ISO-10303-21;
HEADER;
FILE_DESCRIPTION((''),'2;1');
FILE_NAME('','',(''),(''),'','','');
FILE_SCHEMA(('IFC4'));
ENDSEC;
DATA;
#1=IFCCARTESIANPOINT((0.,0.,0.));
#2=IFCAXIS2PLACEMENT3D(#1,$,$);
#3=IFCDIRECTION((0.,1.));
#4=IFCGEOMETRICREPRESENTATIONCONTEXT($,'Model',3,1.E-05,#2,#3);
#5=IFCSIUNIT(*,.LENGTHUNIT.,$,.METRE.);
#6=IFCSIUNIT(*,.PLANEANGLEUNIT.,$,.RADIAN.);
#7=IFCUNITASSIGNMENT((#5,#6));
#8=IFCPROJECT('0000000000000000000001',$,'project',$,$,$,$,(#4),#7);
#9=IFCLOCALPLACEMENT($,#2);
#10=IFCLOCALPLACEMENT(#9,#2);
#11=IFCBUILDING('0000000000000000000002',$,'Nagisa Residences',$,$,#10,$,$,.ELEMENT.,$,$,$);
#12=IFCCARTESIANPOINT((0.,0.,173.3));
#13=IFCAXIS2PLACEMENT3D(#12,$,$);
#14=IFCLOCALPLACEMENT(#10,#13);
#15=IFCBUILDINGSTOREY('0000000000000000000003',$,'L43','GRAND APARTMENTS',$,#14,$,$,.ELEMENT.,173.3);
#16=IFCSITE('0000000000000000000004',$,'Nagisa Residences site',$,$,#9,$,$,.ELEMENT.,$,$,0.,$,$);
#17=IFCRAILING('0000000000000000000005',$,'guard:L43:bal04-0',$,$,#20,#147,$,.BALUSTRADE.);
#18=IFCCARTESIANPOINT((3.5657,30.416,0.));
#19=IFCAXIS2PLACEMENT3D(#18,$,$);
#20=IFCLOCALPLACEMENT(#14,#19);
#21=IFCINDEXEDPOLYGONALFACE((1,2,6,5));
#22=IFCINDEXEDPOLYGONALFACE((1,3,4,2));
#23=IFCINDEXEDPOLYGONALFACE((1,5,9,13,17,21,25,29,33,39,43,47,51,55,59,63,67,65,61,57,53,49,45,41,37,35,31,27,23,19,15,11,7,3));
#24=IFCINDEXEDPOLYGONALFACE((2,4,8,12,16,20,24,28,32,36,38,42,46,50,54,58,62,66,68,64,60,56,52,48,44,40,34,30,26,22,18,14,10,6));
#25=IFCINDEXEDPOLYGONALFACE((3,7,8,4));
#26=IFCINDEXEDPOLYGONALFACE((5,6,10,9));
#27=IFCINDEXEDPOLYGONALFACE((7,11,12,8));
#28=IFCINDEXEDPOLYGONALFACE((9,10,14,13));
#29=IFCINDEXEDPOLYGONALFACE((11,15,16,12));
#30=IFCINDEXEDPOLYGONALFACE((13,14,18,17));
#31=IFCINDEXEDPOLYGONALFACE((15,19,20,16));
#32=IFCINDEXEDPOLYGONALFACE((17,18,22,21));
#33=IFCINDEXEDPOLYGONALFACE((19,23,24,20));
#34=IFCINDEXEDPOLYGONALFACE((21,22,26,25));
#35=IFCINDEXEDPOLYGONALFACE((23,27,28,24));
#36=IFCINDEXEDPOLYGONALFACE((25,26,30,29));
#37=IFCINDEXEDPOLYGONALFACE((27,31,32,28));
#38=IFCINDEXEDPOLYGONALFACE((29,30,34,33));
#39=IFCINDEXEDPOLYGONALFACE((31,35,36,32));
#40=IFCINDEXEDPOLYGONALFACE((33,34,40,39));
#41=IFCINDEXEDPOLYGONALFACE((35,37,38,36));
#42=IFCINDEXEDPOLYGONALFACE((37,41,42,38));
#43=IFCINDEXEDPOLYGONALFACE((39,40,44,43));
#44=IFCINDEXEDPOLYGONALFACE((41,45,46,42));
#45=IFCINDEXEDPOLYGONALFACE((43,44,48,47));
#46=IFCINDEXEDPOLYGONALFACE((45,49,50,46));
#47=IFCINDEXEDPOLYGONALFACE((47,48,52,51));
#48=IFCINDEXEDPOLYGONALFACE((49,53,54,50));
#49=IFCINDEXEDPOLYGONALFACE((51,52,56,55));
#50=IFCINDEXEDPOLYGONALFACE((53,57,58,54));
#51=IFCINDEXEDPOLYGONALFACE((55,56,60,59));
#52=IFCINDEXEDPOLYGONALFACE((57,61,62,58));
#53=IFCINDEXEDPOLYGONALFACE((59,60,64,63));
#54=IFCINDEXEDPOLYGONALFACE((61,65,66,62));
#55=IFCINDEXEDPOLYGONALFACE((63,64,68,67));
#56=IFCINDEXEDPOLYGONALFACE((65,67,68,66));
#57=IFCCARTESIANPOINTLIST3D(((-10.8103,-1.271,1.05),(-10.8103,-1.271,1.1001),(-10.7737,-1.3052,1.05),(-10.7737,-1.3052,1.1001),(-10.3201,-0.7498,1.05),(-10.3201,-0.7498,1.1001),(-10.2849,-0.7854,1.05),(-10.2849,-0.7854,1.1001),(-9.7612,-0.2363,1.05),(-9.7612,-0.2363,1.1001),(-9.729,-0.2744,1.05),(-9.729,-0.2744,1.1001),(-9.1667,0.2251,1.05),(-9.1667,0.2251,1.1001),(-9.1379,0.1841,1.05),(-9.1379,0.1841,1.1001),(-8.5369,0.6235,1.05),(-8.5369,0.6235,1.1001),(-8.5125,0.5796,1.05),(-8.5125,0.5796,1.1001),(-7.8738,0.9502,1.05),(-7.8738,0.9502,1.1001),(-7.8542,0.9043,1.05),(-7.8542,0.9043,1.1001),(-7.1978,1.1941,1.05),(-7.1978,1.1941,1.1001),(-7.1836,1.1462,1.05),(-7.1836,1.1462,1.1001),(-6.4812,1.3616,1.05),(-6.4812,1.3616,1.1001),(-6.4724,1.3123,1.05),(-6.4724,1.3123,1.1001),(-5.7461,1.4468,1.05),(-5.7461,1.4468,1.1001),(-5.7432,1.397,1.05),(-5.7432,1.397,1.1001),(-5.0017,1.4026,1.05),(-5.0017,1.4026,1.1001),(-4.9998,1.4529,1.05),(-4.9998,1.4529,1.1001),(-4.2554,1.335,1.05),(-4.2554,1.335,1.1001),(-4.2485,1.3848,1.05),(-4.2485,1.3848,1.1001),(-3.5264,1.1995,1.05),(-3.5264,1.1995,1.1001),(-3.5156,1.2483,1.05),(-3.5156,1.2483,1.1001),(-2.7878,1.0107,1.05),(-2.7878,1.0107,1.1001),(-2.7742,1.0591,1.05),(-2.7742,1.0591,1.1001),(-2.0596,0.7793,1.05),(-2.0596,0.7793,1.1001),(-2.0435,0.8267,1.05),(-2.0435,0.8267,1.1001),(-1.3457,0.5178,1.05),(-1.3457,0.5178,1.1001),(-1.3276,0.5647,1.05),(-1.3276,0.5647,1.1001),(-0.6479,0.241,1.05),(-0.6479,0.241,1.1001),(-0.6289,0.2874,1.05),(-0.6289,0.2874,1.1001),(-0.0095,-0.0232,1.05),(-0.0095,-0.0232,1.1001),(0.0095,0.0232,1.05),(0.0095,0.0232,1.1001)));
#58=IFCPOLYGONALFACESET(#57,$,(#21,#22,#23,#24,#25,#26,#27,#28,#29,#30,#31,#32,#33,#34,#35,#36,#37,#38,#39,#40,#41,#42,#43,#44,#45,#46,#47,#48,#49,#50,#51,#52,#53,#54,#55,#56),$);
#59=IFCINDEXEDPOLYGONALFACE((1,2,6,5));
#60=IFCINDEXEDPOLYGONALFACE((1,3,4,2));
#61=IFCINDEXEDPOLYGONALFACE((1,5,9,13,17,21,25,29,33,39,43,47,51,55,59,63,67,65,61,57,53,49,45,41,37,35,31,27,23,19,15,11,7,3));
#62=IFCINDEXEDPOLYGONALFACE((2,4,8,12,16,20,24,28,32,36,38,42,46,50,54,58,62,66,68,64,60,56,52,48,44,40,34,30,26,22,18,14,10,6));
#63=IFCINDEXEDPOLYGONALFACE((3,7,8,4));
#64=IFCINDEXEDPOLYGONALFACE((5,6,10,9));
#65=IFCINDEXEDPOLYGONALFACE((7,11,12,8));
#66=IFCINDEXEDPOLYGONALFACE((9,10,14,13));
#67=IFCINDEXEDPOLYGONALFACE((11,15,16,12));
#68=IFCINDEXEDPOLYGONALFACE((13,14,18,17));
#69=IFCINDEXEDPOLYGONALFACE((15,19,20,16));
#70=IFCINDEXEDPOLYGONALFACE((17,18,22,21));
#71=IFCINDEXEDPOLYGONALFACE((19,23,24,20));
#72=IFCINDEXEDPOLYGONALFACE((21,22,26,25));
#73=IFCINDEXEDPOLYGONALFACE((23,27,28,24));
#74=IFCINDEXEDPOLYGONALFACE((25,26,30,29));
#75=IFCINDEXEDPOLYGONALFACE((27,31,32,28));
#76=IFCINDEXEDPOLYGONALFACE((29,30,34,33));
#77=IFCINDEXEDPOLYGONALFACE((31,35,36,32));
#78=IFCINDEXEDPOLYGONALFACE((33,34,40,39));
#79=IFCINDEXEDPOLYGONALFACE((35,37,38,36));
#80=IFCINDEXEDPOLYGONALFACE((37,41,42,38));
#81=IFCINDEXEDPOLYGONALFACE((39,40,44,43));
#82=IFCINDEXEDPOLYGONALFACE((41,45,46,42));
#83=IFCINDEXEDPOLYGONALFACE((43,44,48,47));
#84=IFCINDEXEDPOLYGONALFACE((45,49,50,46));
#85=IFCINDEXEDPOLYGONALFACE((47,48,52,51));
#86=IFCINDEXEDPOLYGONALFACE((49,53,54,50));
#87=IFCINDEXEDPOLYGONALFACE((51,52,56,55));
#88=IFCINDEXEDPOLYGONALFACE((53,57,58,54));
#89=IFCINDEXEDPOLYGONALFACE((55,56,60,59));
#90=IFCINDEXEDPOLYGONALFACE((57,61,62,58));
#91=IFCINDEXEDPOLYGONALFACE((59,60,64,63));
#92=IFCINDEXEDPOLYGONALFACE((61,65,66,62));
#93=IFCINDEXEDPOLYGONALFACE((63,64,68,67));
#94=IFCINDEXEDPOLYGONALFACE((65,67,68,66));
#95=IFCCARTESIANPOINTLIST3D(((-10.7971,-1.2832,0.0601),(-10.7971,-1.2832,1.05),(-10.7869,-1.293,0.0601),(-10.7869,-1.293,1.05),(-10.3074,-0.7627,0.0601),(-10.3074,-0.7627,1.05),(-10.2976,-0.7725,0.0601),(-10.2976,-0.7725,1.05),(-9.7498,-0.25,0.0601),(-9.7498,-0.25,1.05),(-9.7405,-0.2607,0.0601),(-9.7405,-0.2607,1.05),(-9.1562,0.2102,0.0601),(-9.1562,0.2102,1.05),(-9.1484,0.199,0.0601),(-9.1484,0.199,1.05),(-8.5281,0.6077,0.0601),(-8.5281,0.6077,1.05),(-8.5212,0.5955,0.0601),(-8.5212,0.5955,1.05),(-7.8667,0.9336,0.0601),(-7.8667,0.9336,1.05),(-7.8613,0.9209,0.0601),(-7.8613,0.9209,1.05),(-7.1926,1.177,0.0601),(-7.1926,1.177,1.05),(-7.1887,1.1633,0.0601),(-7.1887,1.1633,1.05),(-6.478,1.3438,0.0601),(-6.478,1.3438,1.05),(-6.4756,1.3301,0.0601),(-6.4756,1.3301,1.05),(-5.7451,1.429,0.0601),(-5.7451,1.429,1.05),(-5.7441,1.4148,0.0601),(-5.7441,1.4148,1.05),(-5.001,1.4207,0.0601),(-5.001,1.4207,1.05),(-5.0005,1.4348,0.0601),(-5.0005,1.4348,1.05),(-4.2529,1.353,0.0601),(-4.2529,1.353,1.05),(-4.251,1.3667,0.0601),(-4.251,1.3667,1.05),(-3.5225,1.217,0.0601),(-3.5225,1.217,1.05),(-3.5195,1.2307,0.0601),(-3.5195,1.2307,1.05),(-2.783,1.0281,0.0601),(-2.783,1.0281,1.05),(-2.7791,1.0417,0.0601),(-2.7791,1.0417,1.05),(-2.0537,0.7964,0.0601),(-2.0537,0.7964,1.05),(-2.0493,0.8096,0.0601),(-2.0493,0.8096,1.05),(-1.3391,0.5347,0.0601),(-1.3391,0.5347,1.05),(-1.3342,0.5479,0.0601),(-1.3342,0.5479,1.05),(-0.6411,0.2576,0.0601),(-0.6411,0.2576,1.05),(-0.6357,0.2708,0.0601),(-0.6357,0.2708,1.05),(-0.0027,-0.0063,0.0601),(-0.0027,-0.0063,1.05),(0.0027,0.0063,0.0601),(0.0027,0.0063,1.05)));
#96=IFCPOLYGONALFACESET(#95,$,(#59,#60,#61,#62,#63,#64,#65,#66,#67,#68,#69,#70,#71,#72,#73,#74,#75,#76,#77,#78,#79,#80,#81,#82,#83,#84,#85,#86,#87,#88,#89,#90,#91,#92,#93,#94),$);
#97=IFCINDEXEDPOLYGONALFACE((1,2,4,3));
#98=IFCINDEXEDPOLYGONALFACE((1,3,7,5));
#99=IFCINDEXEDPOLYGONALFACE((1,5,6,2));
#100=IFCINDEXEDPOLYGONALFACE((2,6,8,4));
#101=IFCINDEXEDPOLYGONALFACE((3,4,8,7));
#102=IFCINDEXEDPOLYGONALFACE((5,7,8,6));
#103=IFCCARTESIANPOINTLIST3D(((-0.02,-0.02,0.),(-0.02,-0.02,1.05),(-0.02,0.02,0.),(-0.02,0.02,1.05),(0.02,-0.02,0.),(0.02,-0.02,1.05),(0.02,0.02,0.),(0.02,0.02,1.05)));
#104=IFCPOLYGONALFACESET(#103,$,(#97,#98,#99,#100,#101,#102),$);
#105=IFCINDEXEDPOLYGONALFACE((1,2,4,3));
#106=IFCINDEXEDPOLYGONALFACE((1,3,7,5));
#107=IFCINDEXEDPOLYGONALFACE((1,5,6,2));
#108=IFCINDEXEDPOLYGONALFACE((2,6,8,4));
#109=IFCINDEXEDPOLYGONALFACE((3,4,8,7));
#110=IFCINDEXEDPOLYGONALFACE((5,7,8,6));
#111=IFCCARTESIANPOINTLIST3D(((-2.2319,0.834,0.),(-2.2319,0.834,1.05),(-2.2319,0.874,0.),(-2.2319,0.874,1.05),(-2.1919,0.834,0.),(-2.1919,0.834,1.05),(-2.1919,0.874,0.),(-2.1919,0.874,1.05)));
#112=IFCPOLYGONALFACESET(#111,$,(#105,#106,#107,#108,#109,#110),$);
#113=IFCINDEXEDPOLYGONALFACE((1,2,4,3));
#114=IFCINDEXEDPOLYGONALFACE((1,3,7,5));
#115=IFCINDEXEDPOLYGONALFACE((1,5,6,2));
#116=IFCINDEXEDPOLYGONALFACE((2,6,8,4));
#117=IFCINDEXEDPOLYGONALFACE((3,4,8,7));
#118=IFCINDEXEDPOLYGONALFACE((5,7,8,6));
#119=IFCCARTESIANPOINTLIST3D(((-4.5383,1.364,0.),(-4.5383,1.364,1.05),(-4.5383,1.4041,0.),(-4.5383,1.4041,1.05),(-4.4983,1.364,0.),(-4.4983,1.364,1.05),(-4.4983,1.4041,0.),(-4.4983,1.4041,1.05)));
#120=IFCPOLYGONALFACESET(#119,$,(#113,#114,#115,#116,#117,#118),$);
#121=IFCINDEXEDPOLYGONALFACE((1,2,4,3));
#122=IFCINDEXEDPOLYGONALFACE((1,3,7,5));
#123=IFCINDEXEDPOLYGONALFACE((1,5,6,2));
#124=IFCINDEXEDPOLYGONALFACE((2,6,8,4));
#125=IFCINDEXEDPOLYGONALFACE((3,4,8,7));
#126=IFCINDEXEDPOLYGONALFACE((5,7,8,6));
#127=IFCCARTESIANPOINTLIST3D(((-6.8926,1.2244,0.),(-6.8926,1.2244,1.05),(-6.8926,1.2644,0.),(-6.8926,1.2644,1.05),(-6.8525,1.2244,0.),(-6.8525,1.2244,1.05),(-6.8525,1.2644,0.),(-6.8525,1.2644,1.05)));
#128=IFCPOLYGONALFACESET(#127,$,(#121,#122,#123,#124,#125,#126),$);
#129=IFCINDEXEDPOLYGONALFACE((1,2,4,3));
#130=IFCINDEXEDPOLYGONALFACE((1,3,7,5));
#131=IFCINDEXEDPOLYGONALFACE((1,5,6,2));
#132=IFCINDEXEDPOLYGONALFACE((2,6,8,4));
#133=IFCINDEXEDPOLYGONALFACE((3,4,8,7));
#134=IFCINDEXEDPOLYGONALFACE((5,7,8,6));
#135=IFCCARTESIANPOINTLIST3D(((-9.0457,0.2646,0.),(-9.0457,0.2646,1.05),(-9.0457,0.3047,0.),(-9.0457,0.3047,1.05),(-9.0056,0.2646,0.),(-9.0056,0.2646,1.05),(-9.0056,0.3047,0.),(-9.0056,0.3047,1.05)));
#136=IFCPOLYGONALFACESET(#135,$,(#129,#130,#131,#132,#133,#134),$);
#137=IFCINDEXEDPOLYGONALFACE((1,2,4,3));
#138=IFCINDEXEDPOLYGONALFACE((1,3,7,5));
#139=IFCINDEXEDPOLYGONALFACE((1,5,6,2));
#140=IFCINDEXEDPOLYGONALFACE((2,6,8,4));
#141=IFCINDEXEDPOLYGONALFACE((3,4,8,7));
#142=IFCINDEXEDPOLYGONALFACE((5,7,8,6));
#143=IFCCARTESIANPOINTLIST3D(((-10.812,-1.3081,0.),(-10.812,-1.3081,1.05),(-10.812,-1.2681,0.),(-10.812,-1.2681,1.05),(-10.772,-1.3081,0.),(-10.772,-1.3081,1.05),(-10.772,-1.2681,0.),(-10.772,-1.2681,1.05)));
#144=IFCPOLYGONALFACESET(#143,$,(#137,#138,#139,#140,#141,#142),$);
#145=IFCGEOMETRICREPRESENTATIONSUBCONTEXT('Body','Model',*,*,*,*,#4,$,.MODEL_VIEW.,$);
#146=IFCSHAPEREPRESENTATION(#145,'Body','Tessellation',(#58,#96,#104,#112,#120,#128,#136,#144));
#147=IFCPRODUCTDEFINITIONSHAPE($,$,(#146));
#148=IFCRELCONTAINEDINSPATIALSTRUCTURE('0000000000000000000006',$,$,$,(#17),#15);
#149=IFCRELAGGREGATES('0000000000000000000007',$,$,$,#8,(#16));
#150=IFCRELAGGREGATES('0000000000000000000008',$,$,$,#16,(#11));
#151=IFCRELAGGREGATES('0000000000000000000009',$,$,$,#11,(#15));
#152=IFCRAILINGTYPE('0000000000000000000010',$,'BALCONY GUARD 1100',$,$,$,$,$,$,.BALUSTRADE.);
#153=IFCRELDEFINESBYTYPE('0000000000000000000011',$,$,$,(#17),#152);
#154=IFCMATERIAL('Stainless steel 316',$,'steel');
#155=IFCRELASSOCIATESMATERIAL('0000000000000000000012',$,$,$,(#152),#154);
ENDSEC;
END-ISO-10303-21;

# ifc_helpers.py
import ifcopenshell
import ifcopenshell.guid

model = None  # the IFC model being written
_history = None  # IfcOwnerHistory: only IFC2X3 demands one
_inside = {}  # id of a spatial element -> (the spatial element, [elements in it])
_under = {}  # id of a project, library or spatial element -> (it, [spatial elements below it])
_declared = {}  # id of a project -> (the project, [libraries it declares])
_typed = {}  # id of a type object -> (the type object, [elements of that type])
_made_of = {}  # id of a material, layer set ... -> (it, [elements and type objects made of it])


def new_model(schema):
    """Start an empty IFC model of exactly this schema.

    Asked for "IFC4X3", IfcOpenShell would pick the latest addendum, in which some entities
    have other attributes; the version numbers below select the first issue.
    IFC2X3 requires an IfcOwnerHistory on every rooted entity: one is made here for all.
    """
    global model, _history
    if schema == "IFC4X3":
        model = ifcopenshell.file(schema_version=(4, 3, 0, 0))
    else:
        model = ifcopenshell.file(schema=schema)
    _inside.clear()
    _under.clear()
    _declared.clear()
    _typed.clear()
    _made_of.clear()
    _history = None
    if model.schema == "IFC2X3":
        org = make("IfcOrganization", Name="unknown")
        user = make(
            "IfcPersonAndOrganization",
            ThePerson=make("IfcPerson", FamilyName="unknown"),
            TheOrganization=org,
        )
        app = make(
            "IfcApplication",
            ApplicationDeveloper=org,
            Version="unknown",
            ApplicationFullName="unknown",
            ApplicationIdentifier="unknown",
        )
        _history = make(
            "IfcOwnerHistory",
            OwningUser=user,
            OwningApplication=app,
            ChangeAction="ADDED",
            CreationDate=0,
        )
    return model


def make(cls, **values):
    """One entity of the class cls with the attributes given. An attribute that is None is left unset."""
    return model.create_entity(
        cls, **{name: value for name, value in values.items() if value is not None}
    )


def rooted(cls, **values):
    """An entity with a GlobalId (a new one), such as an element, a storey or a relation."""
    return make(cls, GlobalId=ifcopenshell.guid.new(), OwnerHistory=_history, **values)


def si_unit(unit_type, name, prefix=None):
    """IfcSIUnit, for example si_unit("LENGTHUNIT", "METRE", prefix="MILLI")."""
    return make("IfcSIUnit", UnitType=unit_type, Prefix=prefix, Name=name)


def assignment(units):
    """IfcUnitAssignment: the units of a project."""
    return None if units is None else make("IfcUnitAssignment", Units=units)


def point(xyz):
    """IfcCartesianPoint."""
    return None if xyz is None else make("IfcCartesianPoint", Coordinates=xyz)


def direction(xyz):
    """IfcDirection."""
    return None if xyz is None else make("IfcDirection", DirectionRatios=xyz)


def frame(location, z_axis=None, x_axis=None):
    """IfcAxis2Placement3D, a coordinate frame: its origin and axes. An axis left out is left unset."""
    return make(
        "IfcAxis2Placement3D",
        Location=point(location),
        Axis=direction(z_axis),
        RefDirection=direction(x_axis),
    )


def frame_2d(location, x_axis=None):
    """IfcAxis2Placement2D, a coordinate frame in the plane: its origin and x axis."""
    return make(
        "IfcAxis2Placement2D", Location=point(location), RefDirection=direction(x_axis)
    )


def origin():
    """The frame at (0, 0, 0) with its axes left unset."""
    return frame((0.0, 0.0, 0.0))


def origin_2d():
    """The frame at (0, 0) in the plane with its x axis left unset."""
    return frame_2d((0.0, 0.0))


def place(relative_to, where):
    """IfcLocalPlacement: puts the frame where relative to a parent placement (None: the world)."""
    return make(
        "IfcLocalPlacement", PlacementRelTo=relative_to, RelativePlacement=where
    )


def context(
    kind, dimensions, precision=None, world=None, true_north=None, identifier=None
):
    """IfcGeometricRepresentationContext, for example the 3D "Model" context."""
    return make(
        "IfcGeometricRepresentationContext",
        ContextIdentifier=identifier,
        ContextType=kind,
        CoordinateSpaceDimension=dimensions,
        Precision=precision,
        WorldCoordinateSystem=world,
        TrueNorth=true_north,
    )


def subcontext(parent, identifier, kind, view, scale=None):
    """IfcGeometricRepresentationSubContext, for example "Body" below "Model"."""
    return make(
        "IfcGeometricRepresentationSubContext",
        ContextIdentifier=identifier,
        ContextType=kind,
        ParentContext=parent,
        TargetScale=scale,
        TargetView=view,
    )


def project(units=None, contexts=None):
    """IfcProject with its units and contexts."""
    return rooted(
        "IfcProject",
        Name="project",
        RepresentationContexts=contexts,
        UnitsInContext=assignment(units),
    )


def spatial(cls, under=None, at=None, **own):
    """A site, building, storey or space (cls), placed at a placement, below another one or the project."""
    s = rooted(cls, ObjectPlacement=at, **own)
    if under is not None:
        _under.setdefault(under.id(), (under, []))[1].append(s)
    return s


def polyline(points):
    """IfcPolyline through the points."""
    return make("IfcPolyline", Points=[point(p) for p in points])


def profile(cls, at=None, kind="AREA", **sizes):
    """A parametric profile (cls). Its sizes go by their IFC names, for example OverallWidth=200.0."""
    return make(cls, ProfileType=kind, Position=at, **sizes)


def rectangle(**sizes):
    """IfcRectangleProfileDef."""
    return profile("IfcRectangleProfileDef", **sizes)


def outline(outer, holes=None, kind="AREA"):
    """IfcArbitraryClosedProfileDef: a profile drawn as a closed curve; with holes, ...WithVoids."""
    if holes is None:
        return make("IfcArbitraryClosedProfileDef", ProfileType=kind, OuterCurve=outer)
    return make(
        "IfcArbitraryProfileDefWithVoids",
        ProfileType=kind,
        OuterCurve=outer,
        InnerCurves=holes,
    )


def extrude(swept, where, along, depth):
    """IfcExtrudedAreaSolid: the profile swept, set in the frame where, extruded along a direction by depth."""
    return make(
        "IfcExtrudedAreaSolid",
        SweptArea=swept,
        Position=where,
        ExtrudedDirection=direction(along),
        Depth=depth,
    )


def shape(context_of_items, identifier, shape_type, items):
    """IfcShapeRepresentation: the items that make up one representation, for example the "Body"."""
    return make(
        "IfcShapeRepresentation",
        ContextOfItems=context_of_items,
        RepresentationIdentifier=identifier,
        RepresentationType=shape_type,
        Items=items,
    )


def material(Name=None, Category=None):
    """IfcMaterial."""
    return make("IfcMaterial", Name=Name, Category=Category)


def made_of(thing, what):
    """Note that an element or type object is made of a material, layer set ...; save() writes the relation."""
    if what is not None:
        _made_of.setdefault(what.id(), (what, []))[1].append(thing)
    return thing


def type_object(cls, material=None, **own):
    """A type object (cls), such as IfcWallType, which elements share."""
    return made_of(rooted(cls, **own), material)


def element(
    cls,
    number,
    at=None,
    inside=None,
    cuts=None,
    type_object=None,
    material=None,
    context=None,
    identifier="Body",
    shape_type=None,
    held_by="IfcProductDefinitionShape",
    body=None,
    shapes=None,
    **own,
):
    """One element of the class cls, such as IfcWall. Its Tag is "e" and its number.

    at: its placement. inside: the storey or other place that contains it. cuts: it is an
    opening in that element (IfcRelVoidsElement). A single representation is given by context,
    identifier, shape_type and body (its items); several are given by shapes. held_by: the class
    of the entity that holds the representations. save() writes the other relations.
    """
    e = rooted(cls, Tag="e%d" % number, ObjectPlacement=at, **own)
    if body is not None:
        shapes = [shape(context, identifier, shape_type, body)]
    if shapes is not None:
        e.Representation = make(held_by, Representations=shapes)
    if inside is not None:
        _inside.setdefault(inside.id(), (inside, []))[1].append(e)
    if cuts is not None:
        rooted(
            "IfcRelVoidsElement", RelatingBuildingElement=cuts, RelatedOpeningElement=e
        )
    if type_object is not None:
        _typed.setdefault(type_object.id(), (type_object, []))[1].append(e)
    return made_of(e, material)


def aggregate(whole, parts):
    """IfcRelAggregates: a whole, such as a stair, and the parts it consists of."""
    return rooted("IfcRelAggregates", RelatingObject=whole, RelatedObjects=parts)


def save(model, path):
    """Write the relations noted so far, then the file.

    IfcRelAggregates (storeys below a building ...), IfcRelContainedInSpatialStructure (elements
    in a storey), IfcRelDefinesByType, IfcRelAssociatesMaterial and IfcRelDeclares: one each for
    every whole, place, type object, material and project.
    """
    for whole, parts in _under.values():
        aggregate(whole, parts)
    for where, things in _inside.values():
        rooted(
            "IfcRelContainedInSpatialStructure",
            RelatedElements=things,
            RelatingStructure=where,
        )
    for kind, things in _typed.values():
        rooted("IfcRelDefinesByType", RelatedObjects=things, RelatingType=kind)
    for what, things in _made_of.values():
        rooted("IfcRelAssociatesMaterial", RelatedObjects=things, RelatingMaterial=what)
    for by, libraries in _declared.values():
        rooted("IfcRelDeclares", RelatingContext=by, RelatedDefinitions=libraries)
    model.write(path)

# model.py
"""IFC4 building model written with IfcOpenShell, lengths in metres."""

from ifc_helpers import new_model, si_unit, direction, frame, origin, origin_2d, place, context, subcontext, project, spatial, polyline, rectangle, outline, extrude, material, type_object, element, save


model = new_model("IFC4")

# Units and contexts
model_context = context("Model", 3, precision=1e-05, world=origin(), true_north=direction((0.0, 1.0)))
body_context = subcontext(model_context, "Body", "Model", "MODEL_VIEW")
ifc_project = project(units=[si_unit("LENGTHUNIT", "METRE"), si_unit("PLANEANGLEUNIT", "RADIAN")], contexts=[model_context])

# Site, building, storey
site_placement = place(None, origin())
site = spatial("IfcSite", under=ifc_project, at=site_placement, Name="Nagisa Residences site", CompositionType="ELEMENT", RefElevation=0.0)
building_placement = place(site_placement, origin())
building = spatial("IfcBuilding", under=site, at=building_placement, Name="Nagisa Residences", CompositionType="ELEMENT")
storey_placement = place(building_placement, frame((0.0, 0.0, 173.3)))
storey = spatial("IfcBuildingStorey", under=building, at=storey_placement, Name="L43", Description="GRAND APARTMENTS", CompositionType="ELEMENT", Elevation=173.3)

# Railing
ifc_material_1 = material(Name="Stainless steel 316", Category="steel")
railing_type = type_object("IfcRailingType", Name="BALCONY GUARD 1100", PredefinedType="BALUSTRADE", material=ifc_material_1)
railing_placement = place(storey_placement, frame((3.5657, 30.416, 0.0)))
element("IfcRailing", 1, at=railing_placement, inside=storey, type_object=railing_type, Name="guard:L43:bal04-0", PredefinedType="BALUSTRADE", context=body_context, shape_type="SweptSolid", body=[
    extrude(outline(polyline([(-0.6479, 0.241), (-0.0095, -0.0232), (0.0095, 0.0232), (-0.6289, 0.2874), (-1.3276, 0.5647), (-2.0435, 0.8267), (-2.7742, 1.0591), (-3.5156, 1.2483), (-4.2485, 1.3848), (-4.9998, 1.4529), (-5.7461, 1.4468), (-6.4812, 1.3616), (-7.1978, 1.1941), (-7.8738, 0.9502), (-8.5369, 0.6235), (-9.1667, 0.2251), (-9.7612, -0.2363), (-10.3201, -0.7498), (-10.8103, -1.271), (-10.7737, -1.3052), (-10.2849, -0.7854), (-9.729, -0.2744), (-9.1379, 0.1841), (-8.5125, 0.5796), (-7.8542, 0.9043), (-7.1836, 1.1462), (-6.4724, 1.3123), (-5.7432, 1.397), (-5.0017, 1.4026), (-4.2554, 1.335), (-3.5264, 1.1995), (-2.7878, 1.0107), (-2.0596, 0.7793), (-1.3457, 0.5178), (-0.6479, 0.241)])), frame((0.0, 0.0, 1.05)), (0.0, 0.0, 1.0), 0.05),
    extrude(outline(polyline([(-0.6411, 0.2576), (-0.0027, -0.0063), (0.0027, 0.0063), (-0.6357, 0.2708), (-1.3342, 0.5479), (-2.0493, 0.8096), (-2.7791, 1.0417), (-3.5195, 1.2307), (-4.251, 1.3667), (-5.0005, 1.4348), (-5.7451, 1.429), (-6.478, 1.3438), (-7.1926, 1.177), (-7.8667, 0.9336), (-8.5281, 0.6077), (-9.1562, 0.2102), (-9.7498, -0.25), (-10.3074, -0.7627), (-10.7971, -1.2832), (-10.7869, -1.293), (-10.2976, -0.7725), (-9.7405, -0.2607), (-9.1484, 0.199), (-8.5212, 0.5955), (-7.8613, 0.9209), (-7.1887, 1.1633), (-6.4756, 1.3301), (-5.7441, 1.4148), (-5.001, 1.4207), (-4.2529, 1.353), (-3.5225, 1.217), (-2.783, 1.0281), (-2.0537, 0.7964), (-1.3391, 0.5347), (-0.6411, 0.2576)])), frame((0.0, 0.0, 0.0601)), (0.0, 0.0, 1.0), 0.99),
    extrude(rectangle(XDim=0.04, YDim=0.04, at=origin_2d()), origin(), (0.0, 0.0, 1.0), 1.05),
    extrude(rectangle(XDim=0.04, YDim=0.04, at=origin_2d()), frame((-2.2119, 0.854, 0.0)), (0.0, 0.0, 1.0), 1.05),
    extrude(rectangle(XDim=0.04, YDim=0.04, at=origin_2d()), frame((-4.5183, 1.384, 0.0)), (0.0, 0.0, 1.0), 1.05),
    extrude(rectangle(XDim=0.04, YDim=0.04, at=origin_2d()), frame((-6.8726, 1.2444, 0.0)), (0.0, 0.0, 1.0), 1.05),
    extrude(rectangle(XDim=0.04, YDim=0.04, at=origin_2d()), frame((-9.0256, 0.2847, 0.0)), (0.0, 0.0, 1.0), 1.05),
    extrude(rectangle(XDim=0.04, YDim=0.04, at=origin_2d()), frame((-10.792, -1.2881, 0.0)), (0.0, 0.0, 1.0), 1.05),
])

save(model, "model.ifc")
